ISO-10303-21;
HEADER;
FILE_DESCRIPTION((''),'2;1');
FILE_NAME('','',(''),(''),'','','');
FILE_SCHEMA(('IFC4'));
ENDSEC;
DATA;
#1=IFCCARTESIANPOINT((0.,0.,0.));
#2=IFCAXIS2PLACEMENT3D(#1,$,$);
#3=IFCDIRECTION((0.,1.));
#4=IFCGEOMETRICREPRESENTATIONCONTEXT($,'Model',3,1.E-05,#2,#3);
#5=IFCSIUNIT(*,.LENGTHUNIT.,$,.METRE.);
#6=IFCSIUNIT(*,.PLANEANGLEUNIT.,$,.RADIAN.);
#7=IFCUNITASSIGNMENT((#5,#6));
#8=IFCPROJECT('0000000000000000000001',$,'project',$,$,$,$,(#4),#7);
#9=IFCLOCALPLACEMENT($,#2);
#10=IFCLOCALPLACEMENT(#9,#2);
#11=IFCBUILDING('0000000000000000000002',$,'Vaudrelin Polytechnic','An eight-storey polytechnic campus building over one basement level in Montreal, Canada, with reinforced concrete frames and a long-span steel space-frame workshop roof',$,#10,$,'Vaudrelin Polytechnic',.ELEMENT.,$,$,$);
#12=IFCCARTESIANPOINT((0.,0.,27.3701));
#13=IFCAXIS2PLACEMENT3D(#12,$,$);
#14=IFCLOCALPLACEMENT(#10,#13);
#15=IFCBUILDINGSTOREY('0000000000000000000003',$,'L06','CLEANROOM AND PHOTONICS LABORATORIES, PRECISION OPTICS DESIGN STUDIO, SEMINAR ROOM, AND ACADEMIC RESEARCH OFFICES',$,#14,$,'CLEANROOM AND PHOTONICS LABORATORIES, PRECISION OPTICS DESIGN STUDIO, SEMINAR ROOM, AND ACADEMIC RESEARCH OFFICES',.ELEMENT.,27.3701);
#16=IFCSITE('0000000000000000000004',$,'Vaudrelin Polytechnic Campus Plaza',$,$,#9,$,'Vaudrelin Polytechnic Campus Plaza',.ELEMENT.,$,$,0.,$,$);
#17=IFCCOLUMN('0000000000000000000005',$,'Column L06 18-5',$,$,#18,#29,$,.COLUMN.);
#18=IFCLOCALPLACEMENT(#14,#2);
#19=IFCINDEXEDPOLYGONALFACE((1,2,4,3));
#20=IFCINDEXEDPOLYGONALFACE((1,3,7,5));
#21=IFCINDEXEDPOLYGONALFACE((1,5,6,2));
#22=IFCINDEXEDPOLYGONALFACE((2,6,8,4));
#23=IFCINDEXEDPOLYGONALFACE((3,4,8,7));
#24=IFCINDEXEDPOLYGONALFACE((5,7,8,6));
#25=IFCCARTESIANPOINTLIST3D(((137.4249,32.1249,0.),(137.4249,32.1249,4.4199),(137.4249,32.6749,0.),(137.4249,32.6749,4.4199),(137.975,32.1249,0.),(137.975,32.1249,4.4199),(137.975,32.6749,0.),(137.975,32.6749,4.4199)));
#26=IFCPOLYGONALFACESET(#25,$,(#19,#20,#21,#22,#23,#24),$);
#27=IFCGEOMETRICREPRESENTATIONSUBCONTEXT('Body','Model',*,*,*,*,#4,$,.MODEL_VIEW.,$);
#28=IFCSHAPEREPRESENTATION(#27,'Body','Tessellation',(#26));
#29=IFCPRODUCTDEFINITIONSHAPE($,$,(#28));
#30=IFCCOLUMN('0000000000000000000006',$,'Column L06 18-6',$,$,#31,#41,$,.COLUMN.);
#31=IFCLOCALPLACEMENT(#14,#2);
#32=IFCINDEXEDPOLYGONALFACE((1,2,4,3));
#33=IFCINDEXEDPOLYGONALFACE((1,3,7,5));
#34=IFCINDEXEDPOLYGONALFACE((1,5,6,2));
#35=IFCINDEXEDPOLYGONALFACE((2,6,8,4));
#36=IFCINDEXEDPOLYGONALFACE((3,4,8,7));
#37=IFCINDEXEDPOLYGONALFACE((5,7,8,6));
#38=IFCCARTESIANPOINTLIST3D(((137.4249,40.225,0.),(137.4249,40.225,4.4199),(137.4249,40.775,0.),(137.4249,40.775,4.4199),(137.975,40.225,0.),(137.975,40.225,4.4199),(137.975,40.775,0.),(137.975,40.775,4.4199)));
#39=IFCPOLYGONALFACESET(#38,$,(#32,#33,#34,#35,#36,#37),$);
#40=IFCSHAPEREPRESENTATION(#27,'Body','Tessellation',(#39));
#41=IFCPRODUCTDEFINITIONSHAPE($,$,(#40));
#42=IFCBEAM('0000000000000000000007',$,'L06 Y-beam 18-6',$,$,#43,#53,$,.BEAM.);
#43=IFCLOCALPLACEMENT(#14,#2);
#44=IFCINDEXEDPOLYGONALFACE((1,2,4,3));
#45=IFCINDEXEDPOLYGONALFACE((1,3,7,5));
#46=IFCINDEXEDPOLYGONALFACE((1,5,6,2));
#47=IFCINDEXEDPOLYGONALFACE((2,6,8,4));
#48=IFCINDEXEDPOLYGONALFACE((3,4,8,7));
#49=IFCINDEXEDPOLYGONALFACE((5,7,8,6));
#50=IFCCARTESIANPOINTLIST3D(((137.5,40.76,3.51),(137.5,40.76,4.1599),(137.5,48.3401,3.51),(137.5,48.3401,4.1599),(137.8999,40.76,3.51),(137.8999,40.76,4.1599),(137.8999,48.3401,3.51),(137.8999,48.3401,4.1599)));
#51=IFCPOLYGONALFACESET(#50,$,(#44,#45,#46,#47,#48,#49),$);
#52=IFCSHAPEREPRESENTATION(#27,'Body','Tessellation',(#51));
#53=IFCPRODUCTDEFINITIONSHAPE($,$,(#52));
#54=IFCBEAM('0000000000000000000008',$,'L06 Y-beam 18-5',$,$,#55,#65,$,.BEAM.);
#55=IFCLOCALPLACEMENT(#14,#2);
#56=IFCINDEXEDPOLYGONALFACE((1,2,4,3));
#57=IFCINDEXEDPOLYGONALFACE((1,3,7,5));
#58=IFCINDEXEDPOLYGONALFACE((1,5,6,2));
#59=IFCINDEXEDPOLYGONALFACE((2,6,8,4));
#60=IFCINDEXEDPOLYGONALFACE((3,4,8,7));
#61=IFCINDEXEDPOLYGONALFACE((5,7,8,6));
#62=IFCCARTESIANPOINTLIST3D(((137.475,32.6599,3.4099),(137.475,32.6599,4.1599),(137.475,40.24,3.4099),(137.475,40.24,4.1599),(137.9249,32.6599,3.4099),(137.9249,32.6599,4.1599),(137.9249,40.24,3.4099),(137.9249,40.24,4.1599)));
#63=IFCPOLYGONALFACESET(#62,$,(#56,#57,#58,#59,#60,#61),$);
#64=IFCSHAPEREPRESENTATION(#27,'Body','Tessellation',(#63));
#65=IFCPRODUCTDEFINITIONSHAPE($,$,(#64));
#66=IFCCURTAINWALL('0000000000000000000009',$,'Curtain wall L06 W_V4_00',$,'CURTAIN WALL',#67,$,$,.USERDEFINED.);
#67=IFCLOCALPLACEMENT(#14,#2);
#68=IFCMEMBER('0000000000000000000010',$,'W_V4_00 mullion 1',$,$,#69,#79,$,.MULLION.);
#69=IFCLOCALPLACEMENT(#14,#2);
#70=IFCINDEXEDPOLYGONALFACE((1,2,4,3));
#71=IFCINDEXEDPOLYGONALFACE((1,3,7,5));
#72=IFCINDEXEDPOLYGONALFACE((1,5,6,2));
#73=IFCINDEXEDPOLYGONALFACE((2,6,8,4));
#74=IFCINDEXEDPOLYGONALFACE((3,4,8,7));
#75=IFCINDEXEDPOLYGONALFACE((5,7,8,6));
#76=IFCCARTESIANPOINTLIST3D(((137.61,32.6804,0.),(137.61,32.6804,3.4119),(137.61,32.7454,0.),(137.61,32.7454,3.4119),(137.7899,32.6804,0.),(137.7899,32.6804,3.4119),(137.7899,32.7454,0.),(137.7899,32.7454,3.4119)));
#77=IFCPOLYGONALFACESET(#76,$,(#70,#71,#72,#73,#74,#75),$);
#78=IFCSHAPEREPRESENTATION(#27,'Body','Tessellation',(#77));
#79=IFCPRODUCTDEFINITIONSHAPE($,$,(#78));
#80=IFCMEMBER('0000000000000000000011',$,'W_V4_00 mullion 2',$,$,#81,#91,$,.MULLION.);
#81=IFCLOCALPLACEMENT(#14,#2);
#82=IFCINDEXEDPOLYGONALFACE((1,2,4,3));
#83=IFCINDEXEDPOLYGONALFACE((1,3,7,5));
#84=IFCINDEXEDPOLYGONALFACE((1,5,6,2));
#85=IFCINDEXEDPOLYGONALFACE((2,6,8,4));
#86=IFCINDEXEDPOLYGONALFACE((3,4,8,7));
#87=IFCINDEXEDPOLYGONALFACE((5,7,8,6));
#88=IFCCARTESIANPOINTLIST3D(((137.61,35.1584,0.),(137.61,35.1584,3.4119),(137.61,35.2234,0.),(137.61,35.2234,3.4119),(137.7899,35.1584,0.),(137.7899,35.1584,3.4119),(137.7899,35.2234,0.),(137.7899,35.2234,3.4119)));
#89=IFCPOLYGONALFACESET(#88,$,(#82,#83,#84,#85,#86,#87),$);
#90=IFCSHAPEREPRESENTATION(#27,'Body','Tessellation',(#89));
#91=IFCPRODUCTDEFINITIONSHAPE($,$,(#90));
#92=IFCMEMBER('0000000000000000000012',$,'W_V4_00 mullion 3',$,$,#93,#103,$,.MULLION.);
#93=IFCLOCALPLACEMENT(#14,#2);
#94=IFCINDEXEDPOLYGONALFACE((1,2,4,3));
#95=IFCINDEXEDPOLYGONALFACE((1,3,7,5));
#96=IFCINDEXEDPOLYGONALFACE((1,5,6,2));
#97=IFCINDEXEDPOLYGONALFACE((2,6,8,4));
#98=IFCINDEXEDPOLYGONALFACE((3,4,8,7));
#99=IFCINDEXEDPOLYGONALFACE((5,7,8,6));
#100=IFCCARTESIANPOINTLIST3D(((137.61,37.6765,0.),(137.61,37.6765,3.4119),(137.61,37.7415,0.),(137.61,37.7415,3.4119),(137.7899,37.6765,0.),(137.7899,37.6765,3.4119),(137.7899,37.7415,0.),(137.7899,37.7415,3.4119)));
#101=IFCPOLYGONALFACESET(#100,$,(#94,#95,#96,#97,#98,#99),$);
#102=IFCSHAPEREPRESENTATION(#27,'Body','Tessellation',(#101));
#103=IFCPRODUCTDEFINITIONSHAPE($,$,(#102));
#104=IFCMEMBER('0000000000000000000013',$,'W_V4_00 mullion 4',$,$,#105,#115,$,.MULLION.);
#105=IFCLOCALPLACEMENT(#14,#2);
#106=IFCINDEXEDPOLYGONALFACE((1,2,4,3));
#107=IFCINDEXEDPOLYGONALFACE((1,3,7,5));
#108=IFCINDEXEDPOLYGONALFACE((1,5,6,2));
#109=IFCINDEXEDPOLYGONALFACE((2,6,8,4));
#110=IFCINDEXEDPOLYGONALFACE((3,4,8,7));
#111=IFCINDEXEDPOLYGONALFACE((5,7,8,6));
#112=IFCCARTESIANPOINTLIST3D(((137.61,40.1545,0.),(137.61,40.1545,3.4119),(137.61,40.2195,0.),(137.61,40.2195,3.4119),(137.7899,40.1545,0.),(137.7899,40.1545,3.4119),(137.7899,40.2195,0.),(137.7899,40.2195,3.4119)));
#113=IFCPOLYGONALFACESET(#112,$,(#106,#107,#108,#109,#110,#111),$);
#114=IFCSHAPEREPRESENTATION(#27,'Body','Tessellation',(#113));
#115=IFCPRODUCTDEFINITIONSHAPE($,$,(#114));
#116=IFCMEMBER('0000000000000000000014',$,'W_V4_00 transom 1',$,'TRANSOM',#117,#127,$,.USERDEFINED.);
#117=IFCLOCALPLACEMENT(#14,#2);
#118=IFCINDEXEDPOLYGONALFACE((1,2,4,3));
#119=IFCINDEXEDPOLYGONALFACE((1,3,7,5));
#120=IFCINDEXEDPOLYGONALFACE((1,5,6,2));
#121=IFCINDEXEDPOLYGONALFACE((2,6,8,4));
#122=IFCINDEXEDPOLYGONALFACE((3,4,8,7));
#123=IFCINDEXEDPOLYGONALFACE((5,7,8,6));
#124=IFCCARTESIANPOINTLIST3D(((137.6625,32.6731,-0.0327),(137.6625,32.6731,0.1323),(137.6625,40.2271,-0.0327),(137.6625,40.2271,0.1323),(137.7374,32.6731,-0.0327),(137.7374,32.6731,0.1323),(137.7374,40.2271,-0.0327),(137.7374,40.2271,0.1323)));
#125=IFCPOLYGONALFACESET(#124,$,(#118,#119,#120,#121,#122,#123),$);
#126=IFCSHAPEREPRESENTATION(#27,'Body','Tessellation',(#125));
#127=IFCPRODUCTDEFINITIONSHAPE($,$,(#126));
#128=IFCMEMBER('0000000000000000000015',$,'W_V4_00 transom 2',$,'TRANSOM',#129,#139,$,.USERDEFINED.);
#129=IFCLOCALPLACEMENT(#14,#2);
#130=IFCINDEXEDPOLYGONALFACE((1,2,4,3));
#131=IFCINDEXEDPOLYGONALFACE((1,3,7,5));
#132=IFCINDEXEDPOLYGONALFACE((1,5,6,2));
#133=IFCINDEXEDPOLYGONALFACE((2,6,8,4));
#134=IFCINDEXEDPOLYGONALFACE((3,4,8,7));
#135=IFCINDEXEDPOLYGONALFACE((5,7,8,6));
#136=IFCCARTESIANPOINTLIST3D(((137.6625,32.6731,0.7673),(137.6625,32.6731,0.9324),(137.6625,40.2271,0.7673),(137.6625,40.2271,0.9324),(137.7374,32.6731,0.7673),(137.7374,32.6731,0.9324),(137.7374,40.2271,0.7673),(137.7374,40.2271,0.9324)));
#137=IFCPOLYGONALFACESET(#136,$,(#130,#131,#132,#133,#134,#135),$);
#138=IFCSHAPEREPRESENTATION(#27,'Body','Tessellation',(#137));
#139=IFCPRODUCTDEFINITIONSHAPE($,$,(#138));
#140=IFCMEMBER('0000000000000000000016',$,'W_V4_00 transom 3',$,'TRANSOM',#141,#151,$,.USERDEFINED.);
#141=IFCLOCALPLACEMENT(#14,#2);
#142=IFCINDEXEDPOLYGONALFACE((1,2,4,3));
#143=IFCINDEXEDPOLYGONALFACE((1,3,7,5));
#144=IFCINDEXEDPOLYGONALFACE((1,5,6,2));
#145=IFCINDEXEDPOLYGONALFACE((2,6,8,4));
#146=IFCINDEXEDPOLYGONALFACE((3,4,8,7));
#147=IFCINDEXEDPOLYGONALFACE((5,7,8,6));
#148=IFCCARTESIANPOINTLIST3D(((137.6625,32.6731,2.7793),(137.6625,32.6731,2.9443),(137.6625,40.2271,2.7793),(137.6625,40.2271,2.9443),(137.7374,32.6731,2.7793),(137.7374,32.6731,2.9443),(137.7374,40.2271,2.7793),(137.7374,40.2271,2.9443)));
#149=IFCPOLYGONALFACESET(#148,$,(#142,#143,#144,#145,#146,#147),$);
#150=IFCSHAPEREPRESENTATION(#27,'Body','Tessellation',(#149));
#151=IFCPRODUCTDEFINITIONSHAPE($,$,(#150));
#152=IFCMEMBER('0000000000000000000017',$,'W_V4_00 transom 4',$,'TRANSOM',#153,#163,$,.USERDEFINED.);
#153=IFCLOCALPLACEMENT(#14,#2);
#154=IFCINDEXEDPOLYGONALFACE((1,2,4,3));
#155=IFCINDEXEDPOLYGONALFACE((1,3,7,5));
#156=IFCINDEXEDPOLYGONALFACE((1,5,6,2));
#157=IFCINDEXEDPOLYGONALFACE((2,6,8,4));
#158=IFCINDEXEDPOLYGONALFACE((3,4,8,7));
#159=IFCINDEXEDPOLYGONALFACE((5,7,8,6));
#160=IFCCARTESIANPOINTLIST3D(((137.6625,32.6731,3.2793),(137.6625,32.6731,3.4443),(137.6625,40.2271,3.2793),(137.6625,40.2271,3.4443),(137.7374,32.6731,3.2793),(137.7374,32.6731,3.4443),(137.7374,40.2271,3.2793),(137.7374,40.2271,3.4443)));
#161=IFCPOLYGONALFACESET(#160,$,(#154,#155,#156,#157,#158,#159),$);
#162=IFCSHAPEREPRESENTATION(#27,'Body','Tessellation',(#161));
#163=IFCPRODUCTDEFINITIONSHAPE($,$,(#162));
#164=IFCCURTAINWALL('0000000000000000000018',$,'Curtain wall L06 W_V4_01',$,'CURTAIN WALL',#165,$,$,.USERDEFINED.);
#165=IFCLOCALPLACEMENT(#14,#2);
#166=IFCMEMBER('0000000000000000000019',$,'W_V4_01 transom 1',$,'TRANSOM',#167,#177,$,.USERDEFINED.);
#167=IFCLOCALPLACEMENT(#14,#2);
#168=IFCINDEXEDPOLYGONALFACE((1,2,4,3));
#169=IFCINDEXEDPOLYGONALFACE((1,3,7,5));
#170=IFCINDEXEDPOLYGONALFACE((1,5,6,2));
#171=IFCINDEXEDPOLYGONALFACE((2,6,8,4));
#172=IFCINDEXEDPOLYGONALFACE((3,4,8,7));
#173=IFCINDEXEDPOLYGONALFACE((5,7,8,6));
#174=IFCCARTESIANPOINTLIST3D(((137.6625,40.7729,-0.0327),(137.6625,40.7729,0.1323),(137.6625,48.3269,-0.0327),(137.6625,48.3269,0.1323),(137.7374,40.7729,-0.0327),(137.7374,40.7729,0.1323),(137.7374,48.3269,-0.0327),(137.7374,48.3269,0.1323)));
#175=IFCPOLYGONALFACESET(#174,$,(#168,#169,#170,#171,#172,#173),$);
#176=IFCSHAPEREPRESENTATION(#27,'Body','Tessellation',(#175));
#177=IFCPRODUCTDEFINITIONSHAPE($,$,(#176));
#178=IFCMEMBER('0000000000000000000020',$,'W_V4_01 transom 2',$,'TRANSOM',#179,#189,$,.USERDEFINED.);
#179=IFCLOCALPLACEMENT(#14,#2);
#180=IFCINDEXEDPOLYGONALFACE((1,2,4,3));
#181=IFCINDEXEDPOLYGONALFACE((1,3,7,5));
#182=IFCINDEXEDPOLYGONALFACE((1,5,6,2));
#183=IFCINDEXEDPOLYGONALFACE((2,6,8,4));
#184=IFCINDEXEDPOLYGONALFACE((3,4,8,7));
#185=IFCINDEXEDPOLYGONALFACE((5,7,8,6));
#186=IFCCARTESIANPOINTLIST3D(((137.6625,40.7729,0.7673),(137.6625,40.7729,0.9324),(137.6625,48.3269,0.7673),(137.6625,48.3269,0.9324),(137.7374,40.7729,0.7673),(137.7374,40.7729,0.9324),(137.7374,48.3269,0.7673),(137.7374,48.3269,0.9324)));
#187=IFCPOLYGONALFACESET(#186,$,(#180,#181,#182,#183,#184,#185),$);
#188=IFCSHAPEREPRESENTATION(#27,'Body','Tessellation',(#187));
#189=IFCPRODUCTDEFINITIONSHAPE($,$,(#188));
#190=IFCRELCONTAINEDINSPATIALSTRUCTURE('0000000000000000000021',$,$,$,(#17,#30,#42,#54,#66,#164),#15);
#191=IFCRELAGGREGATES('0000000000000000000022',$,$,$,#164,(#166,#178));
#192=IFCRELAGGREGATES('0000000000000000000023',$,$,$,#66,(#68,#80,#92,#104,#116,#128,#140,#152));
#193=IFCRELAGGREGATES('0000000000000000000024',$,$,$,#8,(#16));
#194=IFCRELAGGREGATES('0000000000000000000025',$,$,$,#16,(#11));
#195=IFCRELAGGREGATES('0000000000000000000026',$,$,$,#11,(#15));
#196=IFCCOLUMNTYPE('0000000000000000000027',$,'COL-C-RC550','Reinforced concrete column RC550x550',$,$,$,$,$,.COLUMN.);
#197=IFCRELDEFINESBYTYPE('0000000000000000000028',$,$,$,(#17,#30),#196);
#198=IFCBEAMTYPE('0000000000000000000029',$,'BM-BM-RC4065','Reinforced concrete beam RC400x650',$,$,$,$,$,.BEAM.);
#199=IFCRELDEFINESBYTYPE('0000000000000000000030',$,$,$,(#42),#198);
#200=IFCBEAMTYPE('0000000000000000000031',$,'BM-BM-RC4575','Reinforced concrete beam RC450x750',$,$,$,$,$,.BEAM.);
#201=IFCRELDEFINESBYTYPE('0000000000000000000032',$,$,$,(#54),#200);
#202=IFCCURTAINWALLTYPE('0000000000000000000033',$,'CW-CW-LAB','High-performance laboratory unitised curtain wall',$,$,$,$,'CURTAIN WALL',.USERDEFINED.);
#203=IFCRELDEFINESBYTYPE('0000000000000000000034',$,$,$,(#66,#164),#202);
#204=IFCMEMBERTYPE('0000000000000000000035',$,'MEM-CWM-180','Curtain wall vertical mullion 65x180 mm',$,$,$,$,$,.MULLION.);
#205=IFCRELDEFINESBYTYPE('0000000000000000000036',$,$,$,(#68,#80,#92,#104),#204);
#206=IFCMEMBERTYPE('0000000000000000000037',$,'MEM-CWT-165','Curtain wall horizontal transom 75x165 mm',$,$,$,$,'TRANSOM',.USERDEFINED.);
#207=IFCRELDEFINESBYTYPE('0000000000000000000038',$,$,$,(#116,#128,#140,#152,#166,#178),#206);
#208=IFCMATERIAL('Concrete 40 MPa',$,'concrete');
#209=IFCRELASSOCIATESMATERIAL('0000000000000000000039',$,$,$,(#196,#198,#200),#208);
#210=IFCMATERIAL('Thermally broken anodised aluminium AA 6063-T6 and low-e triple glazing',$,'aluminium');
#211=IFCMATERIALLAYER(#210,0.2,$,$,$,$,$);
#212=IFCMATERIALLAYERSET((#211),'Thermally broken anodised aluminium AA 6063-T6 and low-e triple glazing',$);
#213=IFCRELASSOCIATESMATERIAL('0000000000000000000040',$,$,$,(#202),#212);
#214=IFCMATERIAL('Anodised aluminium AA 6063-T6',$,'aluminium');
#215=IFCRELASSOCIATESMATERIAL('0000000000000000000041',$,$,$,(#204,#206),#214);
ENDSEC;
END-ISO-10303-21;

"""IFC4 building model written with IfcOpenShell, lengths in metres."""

from ifc_helpers import new_model, si_unit, direction, frame, origin, origin_2d, place, context, subcontext, project, spatial, rectangle, extrude, material, layer, layer_set, material_profile, profile_set, type_object, element, aggregate, save


model = new_model("IFC4")

# Units and contexts
model_context = context("Model", 3, precision=1e-05, world=origin(), true_north=direction((0.0, 1.0)))
body_context = subcontext(model_context, "Body", "Model", "MODEL_VIEW")
ifc_project = project(units=[si_unit("LENGTHUNIT", "METRE"), si_unit("PLANEANGLEUNIT", "RADIAN")], contexts=[model_context])

# Site, building, storey
site_placement = place(None, origin())
site = spatial("IfcSite", under=ifc_project, at=site_placement, Name="Vaudrelin Polytechnic Campus Plaza", LongName="Vaudrelin Polytechnic Campus Plaza", CompositionType="ELEMENT", RefElevation=0.0)
building_placement = place(site_placement, origin())
building = spatial("IfcBuilding", under=site, at=building_placement, Name="Vaudrelin Polytechnic", Description="An eight-storey polytechnic campus building over one basement level in Montreal, Canada, with reinforced concrete frames and a long-span steel space-frame workshop roof", LongName="Vaudrelin Polytechnic", CompositionType="ELEMENT")
storey_placement = place(building_placement, frame((0.0, 0.0, 27.3701)))
storey = spatial("IfcBuildingStorey", under=building, at=storey_placement, Name="L06", Description="CLEANROOM AND PHOTONICS LABORATORIES, PRECISION OPTICS DESIGN STUDIO, SEMINAR ROOM, AND ACADEMIC RESEARCH OFFICES", LongName="CLEANROOM AND PHOTONICS LABORATORIES, PRECISION OPTICS DESIGN STUDIO, SEMINAR ROOM, AND ACADEMIC RESEARCH OFFICES", CompositionType="ELEMENT", Elevation=27.3701)

# Columns
ifc_material_1 = material(Name="Concrete 40 MPa", Category="concrete")
ifc_material_profile_1 = material_profile(ifc_material_1, rectangle(XDim=0.55, YDim=0.55, at=origin_2d()), Name="RC550x550")
ifc_profile_set_1 = profile_set([ifc_material_profile_1], Name="Concrete 40 MPa")
column_type = type_object("IfcColumnType", Name="COL-C-RC550", Description="Reinforced concrete column RC550x550", PredefinedType="COLUMN", material=ifc_profile_set_1)
for number, where, z_axis, x_axis, name in (
    (1, (137.7, 32.3999, 0.0), (0.0, 0.0, 1.0), (1.0, 0.0, 0.0), "Column L06 18-5"),
    (2, (137.7, 40.5, 0.0), (0.0, 0.0, 1.0), (1.0, 0.0, 0.0), "Column L06 18-6"),
):
    element("IfcColumn", number, at=place(storey_placement, frame(where, z_axis=z_axis, x_axis=x_axis)), inside=storey, type_object=column_type, Name=name, PredefinedType="COLUMN", context=body_context, shape_type="SweptSolid", body=[
        extrude(rectangle(XDim=0.55, YDim=0.55, at=origin_2d()), origin(), (0.0, 0.0, 1.0), 4.4199),
    ])

# Beams
ifc_material_profile_2 = material_profile(ifc_material_1, rectangle(XDim=0.3999, YDim=0.6499, at=origin_2d()), Name="RC400x650")
ifc_profile_set_2 = profile_set([ifc_material_profile_2], Name="Concrete 40 MPa")
beam_type_1 = type_object("IfcBeamType", Name="BM-BM-RC4065", Description="Reinforced concrete beam RC400x650", PredefinedType="BEAM", material=ifc_profile_set_2)
beam_1_placement = place(storey_placement, frame((137.7, 40.76, 3.835), z_axis=(0.0, 1.0, 0.0), x_axis=(-1.0, 0.0, 0.0)))
element("IfcBeam", 3, at=beam_1_placement, inside=storey, type_object=beam_type_1, Name="L06 Y-beam 18-6", PredefinedType="BEAM", context=body_context, shape_type="SweptSolid", body=[
    extrude(rectangle(XDim=0.3999, YDim=0.6499, at=origin_2d()), origin(), (0.0, 0.0, 1.0), 7.5801),
])
ifc_material_profile_3 = material_profile(ifc_material_1, rectangle(XDim=0.45, YDim=0.75, at=origin_2d()), Name="RC450x750")
ifc_profile_set_3 = profile_set([ifc_material_profile_3], Name="Concrete 40 MPa")
beam_type_2 = type_object("IfcBeamType", Name="BM-BM-RC4575", Description="Reinforced concrete beam RC450x750", PredefinedType="BEAM", material=ifc_profile_set_3)
beam_2_placement = place(storey_placement, frame((137.7, 32.6599, 3.7849), z_axis=(0.0, 1.0, 0.0), x_axis=(-1.0, 0.0, 0.0)))
element("IfcBeam", 4, at=beam_2_placement, inside=storey, type_object=beam_type_2, Name="L06 Y-beam 18-5", PredefinedType="BEAM", context=body_context, shape_type="SweptSolid", body=[
    extrude(rectangle(XDim=0.45, YDim=0.75, at=origin_2d()), origin(), (0.0, 0.0, 1.0), 7.5801),
])

# Curtain walls, members
ifc_material_2 = material(Name="Thermally broken anodised aluminium AA 6063-T6 and low-e triple glazing", Category="aluminium")
ifc_layer_1 = layer(ifc_material_2, 0.2)
ifc_layer_set_1 = layer_set([ifc_layer_1], Name="Thermally broken anodised aluminium AA 6063-T6 and low-e triple glazing")
curtain_wall_type = type_object("IfcCurtainWallType", Name="CW-CW-LAB", Description="High-performance laboratory unitised curtain wall", ElementType="CURTAIN WALL", PredefinedType="USERDEFINED", material=ifc_layer_set_1)
curtain_wall_1_placement = place(storey_placement, origin())
curtain_wall_1 = element("IfcCurtainWall", 5, at=curtain_wall_1_placement, inside=storey, type_object=curtain_wall_type, Name="Curtain wall L06 W_V4_00", ObjectType="CURTAIN WALL", PredefinedType="USERDEFINED")
ifc_material_3 = material(Name="Anodised aluminium AA 6063-T6", Category="aluminium")
ifc_material_profile_4 = material_profile(ifc_material_3, rectangle(XDim=0.0649, YDim=0.1799, at=origin_2d()), Name="CWM-65x180")
ifc_profile_set_4 = profile_set([ifc_material_profile_4], Name="Anodised aluminium AA 6063-T6")
member_type_1 = type_object("IfcMemberType", Name="MEM-CWM-180", Description="Curtain wall vertical mullion 65x180 mm", PredefinedType="MULLION", material=ifc_profile_set_4)
member_1_placement = place(storey_placement, frame((137.7, 32.7129, 0.0), z_axis=(0.0, 0.0, 1.0), x_axis=(0.0, 1.0, 0.0)))
member_1 = element("IfcMember", 6, at=member_1_placement, type_object=member_type_1, Name="W_V4_00 mullion 1", PredefinedType="MULLION", context=body_context, shape_type="SweptSolid", body=[
    extrude(rectangle(XDim=0.0649, YDim=0.1799, at=origin_2d()), origin(), (0.0, 0.0, 1.0), 3.4119),
])
member_2_placement = place(storey_placement, frame((137.7, 35.1909, 0.0), z_axis=(0.0, 0.0, 1.0), x_axis=(0.0, 1.0, 0.0)))
member_2 = element("IfcMember", 7, at=member_2_placement, type_object=member_type_1, Name="W_V4_00 mullion 2", PredefinedType="MULLION", context=body_context, shape_type="SweptSolid", body=[
    extrude(rectangle(XDim=0.0649, YDim=0.1799, at=origin_2d()), origin(), (0.0, 0.0, 1.0), 3.4119),
])
member_3_placement = place(storey_placement, frame((137.7, 37.709, 0.0), z_axis=(0.0, 0.0, 1.0), x_axis=(0.0, 1.0, 0.0)))
member_3 = element("IfcMember", 8, at=member_3_placement, type_object=member_type_1, Name="W_V4_00 mullion 3", PredefinedType="MULLION", context=body_context, shape_type="SweptSolid", body=[
    extrude(rectangle(XDim=0.0649, YDim=0.1799, at=origin_2d()), origin(), (0.0, 0.0, 1.0), 3.4119),
])
member_4_placement = place(storey_placement, frame((137.7, 40.187, 0.0), z_axis=(0.0, 0.0, 1.0), x_axis=(0.0, 1.0, 0.0)))
member_4 = element("IfcMember", 9, at=member_4_placement, type_object=member_type_1, Name="W_V4_00 mullion 4", PredefinedType="MULLION", context=body_context, shape_type="SweptSolid", body=[
    extrude(rectangle(XDim=0.0649, YDim=0.1799, at=origin_2d()), origin(), (0.0, 0.0, 1.0), 3.4119),
])
ifc_material_profile_5 = material_profile(ifc_material_3, rectangle(XDim=0.075, YDim=0.165, at=origin_2d()), Name="CWT-75x165")
ifc_profile_set_5 = profile_set([ifc_material_profile_5], Name="Anodised aluminium AA 6063-T6")
member_type_2 = type_object("IfcMemberType", Name="MEM-CWT-165", Description="Curtain wall horizontal transom 75x165 mm", ElementType="TRANSOM", PredefinedType="USERDEFINED", material=ifc_profile_set_5)
member_5_placement = place(storey_placement, frame((137.7, 32.6731, 0.0498), z_axis=(0.0, 1.0, 0.0), x_axis=(-1.0, 0.0, 0.0)))
member_5 = element("IfcMember", 10, at=member_5_placement, type_object=member_type_2, Name="W_V4_00 transom 1", ObjectType="TRANSOM", PredefinedType="USERDEFINED", context=body_context, shape_type="SweptSolid", body=[
    extrude(rectangle(XDim=0.075, YDim=0.165, at=origin_2d()), origin(), (0.0, 0.0, 1.0), 7.554),
])
member_6_placement = place(storey_placement, frame((137.7, 32.6731, 0.8499), z_axis=(0.0, 1.0, 0.0), x_axis=(-1.0, 0.0, 0.0)))
member_6 = element("IfcMember", 11, at=member_6_placement, type_object=member_type_2, Name="W_V4_00 transom 2", ObjectType="TRANSOM", PredefinedType="USERDEFINED", context=body_context, shape_type="SweptSolid", body=[
    extrude(rectangle(XDim=0.075, YDim=0.165, at=origin_2d()), origin(), (0.0, 0.0, 1.0), 7.554),
])
member_7_placement = place(storey_placement, frame((137.7, 32.6731, 2.8618), z_axis=(0.0, 1.0, 0.0), x_axis=(-1.0, 0.0, 0.0)))
member_7 = element("IfcMember", 12, at=member_7_placement, type_object=member_type_2, Name="W_V4_00 transom 3", ObjectType="TRANSOM", PredefinedType="USERDEFINED", context=body_context, shape_type="SweptSolid", body=[
    extrude(rectangle(XDim=0.075, YDim=0.165, at=origin_2d()), origin(), (0.0, 0.0, 1.0), 7.554),
])
member_8_placement = place(storey_placement, frame((137.7, 32.6731, 3.3618), z_axis=(0.0, 1.0, 0.0), x_axis=(-1.0, 0.0, 0.0)))
member_8 = element("IfcMember", 13, at=member_8_placement, type_object=member_type_2, Name="W_V4_00 transom 4", ObjectType="TRANSOM", PredefinedType="USERDEFINED", context=body_context, shape_type="SweptSolid", body=[
    extrude(rectangle(XDim=0.075, YDim=0.165, at=origin_2d()), origin(), (0.0, 0.0, 1.0), 7.554),
])
curtain_wall_2_placement = place(storey_placement, origin())
curtain_wall_2 = element("IfcCurtainWall", 14, at=curtain_wall_2_placement, inside=storey, type_object=curtain_wall_type, Name="Curtain wall L06 W_V4_01", ObjectType="CURTAIN WALL", PredefinedType="USERDEFINED")
member_9_placement = place(storey_placement, frame((137.7, 40.7729, 0.0498), z_axis=(0.0, 1.0, 0.0), x_axis=(-1.0, 0.0, 0.0)))
member_9 = element("IfcMember", 15, at=member_9_placement, type_object=member_type_2, Name="W_V4_01 transom 1", ObjectType="TRANSOM", PredefinedType="USERDEFINED", context=body_context, shape_type="SweptSolid", body=[
    extrude(rectangle(XDim=0.075, YDim=0.165, at=origin_2d()), origin(), (0.0, 0.0, 1.0), 7.554),
])
member_10_placement = place(storey_placement, frame((137.7, 40.7729, 0.8499), z_axis=(0.0, 1.0, 0.0), x_axis=(-1.0, 0.0, 0.0)))
member_10 = element("IfcMember", 16, at=member_10_placement, type_object=member_type_2, Name="W_V4_01 transom 2", ObjectType="TRANSOM", PredefinedType="USERDEFINED", context=body_context, shape_type="SweptSolid", body=[
    extrude(rectangle(XDim=0.075, YDim=0.165, at=origin_2d()), origin(), (0.0, 0.0, 1.0), 7.554),
])
aggregate(curtain_wall_2, [member_9, member_10])

aggregate(curtain_wall_1, [member_1, member_2, member_3, member_4, member_5, member_6, member_7, member_8])

save(model, "model.ifc")
